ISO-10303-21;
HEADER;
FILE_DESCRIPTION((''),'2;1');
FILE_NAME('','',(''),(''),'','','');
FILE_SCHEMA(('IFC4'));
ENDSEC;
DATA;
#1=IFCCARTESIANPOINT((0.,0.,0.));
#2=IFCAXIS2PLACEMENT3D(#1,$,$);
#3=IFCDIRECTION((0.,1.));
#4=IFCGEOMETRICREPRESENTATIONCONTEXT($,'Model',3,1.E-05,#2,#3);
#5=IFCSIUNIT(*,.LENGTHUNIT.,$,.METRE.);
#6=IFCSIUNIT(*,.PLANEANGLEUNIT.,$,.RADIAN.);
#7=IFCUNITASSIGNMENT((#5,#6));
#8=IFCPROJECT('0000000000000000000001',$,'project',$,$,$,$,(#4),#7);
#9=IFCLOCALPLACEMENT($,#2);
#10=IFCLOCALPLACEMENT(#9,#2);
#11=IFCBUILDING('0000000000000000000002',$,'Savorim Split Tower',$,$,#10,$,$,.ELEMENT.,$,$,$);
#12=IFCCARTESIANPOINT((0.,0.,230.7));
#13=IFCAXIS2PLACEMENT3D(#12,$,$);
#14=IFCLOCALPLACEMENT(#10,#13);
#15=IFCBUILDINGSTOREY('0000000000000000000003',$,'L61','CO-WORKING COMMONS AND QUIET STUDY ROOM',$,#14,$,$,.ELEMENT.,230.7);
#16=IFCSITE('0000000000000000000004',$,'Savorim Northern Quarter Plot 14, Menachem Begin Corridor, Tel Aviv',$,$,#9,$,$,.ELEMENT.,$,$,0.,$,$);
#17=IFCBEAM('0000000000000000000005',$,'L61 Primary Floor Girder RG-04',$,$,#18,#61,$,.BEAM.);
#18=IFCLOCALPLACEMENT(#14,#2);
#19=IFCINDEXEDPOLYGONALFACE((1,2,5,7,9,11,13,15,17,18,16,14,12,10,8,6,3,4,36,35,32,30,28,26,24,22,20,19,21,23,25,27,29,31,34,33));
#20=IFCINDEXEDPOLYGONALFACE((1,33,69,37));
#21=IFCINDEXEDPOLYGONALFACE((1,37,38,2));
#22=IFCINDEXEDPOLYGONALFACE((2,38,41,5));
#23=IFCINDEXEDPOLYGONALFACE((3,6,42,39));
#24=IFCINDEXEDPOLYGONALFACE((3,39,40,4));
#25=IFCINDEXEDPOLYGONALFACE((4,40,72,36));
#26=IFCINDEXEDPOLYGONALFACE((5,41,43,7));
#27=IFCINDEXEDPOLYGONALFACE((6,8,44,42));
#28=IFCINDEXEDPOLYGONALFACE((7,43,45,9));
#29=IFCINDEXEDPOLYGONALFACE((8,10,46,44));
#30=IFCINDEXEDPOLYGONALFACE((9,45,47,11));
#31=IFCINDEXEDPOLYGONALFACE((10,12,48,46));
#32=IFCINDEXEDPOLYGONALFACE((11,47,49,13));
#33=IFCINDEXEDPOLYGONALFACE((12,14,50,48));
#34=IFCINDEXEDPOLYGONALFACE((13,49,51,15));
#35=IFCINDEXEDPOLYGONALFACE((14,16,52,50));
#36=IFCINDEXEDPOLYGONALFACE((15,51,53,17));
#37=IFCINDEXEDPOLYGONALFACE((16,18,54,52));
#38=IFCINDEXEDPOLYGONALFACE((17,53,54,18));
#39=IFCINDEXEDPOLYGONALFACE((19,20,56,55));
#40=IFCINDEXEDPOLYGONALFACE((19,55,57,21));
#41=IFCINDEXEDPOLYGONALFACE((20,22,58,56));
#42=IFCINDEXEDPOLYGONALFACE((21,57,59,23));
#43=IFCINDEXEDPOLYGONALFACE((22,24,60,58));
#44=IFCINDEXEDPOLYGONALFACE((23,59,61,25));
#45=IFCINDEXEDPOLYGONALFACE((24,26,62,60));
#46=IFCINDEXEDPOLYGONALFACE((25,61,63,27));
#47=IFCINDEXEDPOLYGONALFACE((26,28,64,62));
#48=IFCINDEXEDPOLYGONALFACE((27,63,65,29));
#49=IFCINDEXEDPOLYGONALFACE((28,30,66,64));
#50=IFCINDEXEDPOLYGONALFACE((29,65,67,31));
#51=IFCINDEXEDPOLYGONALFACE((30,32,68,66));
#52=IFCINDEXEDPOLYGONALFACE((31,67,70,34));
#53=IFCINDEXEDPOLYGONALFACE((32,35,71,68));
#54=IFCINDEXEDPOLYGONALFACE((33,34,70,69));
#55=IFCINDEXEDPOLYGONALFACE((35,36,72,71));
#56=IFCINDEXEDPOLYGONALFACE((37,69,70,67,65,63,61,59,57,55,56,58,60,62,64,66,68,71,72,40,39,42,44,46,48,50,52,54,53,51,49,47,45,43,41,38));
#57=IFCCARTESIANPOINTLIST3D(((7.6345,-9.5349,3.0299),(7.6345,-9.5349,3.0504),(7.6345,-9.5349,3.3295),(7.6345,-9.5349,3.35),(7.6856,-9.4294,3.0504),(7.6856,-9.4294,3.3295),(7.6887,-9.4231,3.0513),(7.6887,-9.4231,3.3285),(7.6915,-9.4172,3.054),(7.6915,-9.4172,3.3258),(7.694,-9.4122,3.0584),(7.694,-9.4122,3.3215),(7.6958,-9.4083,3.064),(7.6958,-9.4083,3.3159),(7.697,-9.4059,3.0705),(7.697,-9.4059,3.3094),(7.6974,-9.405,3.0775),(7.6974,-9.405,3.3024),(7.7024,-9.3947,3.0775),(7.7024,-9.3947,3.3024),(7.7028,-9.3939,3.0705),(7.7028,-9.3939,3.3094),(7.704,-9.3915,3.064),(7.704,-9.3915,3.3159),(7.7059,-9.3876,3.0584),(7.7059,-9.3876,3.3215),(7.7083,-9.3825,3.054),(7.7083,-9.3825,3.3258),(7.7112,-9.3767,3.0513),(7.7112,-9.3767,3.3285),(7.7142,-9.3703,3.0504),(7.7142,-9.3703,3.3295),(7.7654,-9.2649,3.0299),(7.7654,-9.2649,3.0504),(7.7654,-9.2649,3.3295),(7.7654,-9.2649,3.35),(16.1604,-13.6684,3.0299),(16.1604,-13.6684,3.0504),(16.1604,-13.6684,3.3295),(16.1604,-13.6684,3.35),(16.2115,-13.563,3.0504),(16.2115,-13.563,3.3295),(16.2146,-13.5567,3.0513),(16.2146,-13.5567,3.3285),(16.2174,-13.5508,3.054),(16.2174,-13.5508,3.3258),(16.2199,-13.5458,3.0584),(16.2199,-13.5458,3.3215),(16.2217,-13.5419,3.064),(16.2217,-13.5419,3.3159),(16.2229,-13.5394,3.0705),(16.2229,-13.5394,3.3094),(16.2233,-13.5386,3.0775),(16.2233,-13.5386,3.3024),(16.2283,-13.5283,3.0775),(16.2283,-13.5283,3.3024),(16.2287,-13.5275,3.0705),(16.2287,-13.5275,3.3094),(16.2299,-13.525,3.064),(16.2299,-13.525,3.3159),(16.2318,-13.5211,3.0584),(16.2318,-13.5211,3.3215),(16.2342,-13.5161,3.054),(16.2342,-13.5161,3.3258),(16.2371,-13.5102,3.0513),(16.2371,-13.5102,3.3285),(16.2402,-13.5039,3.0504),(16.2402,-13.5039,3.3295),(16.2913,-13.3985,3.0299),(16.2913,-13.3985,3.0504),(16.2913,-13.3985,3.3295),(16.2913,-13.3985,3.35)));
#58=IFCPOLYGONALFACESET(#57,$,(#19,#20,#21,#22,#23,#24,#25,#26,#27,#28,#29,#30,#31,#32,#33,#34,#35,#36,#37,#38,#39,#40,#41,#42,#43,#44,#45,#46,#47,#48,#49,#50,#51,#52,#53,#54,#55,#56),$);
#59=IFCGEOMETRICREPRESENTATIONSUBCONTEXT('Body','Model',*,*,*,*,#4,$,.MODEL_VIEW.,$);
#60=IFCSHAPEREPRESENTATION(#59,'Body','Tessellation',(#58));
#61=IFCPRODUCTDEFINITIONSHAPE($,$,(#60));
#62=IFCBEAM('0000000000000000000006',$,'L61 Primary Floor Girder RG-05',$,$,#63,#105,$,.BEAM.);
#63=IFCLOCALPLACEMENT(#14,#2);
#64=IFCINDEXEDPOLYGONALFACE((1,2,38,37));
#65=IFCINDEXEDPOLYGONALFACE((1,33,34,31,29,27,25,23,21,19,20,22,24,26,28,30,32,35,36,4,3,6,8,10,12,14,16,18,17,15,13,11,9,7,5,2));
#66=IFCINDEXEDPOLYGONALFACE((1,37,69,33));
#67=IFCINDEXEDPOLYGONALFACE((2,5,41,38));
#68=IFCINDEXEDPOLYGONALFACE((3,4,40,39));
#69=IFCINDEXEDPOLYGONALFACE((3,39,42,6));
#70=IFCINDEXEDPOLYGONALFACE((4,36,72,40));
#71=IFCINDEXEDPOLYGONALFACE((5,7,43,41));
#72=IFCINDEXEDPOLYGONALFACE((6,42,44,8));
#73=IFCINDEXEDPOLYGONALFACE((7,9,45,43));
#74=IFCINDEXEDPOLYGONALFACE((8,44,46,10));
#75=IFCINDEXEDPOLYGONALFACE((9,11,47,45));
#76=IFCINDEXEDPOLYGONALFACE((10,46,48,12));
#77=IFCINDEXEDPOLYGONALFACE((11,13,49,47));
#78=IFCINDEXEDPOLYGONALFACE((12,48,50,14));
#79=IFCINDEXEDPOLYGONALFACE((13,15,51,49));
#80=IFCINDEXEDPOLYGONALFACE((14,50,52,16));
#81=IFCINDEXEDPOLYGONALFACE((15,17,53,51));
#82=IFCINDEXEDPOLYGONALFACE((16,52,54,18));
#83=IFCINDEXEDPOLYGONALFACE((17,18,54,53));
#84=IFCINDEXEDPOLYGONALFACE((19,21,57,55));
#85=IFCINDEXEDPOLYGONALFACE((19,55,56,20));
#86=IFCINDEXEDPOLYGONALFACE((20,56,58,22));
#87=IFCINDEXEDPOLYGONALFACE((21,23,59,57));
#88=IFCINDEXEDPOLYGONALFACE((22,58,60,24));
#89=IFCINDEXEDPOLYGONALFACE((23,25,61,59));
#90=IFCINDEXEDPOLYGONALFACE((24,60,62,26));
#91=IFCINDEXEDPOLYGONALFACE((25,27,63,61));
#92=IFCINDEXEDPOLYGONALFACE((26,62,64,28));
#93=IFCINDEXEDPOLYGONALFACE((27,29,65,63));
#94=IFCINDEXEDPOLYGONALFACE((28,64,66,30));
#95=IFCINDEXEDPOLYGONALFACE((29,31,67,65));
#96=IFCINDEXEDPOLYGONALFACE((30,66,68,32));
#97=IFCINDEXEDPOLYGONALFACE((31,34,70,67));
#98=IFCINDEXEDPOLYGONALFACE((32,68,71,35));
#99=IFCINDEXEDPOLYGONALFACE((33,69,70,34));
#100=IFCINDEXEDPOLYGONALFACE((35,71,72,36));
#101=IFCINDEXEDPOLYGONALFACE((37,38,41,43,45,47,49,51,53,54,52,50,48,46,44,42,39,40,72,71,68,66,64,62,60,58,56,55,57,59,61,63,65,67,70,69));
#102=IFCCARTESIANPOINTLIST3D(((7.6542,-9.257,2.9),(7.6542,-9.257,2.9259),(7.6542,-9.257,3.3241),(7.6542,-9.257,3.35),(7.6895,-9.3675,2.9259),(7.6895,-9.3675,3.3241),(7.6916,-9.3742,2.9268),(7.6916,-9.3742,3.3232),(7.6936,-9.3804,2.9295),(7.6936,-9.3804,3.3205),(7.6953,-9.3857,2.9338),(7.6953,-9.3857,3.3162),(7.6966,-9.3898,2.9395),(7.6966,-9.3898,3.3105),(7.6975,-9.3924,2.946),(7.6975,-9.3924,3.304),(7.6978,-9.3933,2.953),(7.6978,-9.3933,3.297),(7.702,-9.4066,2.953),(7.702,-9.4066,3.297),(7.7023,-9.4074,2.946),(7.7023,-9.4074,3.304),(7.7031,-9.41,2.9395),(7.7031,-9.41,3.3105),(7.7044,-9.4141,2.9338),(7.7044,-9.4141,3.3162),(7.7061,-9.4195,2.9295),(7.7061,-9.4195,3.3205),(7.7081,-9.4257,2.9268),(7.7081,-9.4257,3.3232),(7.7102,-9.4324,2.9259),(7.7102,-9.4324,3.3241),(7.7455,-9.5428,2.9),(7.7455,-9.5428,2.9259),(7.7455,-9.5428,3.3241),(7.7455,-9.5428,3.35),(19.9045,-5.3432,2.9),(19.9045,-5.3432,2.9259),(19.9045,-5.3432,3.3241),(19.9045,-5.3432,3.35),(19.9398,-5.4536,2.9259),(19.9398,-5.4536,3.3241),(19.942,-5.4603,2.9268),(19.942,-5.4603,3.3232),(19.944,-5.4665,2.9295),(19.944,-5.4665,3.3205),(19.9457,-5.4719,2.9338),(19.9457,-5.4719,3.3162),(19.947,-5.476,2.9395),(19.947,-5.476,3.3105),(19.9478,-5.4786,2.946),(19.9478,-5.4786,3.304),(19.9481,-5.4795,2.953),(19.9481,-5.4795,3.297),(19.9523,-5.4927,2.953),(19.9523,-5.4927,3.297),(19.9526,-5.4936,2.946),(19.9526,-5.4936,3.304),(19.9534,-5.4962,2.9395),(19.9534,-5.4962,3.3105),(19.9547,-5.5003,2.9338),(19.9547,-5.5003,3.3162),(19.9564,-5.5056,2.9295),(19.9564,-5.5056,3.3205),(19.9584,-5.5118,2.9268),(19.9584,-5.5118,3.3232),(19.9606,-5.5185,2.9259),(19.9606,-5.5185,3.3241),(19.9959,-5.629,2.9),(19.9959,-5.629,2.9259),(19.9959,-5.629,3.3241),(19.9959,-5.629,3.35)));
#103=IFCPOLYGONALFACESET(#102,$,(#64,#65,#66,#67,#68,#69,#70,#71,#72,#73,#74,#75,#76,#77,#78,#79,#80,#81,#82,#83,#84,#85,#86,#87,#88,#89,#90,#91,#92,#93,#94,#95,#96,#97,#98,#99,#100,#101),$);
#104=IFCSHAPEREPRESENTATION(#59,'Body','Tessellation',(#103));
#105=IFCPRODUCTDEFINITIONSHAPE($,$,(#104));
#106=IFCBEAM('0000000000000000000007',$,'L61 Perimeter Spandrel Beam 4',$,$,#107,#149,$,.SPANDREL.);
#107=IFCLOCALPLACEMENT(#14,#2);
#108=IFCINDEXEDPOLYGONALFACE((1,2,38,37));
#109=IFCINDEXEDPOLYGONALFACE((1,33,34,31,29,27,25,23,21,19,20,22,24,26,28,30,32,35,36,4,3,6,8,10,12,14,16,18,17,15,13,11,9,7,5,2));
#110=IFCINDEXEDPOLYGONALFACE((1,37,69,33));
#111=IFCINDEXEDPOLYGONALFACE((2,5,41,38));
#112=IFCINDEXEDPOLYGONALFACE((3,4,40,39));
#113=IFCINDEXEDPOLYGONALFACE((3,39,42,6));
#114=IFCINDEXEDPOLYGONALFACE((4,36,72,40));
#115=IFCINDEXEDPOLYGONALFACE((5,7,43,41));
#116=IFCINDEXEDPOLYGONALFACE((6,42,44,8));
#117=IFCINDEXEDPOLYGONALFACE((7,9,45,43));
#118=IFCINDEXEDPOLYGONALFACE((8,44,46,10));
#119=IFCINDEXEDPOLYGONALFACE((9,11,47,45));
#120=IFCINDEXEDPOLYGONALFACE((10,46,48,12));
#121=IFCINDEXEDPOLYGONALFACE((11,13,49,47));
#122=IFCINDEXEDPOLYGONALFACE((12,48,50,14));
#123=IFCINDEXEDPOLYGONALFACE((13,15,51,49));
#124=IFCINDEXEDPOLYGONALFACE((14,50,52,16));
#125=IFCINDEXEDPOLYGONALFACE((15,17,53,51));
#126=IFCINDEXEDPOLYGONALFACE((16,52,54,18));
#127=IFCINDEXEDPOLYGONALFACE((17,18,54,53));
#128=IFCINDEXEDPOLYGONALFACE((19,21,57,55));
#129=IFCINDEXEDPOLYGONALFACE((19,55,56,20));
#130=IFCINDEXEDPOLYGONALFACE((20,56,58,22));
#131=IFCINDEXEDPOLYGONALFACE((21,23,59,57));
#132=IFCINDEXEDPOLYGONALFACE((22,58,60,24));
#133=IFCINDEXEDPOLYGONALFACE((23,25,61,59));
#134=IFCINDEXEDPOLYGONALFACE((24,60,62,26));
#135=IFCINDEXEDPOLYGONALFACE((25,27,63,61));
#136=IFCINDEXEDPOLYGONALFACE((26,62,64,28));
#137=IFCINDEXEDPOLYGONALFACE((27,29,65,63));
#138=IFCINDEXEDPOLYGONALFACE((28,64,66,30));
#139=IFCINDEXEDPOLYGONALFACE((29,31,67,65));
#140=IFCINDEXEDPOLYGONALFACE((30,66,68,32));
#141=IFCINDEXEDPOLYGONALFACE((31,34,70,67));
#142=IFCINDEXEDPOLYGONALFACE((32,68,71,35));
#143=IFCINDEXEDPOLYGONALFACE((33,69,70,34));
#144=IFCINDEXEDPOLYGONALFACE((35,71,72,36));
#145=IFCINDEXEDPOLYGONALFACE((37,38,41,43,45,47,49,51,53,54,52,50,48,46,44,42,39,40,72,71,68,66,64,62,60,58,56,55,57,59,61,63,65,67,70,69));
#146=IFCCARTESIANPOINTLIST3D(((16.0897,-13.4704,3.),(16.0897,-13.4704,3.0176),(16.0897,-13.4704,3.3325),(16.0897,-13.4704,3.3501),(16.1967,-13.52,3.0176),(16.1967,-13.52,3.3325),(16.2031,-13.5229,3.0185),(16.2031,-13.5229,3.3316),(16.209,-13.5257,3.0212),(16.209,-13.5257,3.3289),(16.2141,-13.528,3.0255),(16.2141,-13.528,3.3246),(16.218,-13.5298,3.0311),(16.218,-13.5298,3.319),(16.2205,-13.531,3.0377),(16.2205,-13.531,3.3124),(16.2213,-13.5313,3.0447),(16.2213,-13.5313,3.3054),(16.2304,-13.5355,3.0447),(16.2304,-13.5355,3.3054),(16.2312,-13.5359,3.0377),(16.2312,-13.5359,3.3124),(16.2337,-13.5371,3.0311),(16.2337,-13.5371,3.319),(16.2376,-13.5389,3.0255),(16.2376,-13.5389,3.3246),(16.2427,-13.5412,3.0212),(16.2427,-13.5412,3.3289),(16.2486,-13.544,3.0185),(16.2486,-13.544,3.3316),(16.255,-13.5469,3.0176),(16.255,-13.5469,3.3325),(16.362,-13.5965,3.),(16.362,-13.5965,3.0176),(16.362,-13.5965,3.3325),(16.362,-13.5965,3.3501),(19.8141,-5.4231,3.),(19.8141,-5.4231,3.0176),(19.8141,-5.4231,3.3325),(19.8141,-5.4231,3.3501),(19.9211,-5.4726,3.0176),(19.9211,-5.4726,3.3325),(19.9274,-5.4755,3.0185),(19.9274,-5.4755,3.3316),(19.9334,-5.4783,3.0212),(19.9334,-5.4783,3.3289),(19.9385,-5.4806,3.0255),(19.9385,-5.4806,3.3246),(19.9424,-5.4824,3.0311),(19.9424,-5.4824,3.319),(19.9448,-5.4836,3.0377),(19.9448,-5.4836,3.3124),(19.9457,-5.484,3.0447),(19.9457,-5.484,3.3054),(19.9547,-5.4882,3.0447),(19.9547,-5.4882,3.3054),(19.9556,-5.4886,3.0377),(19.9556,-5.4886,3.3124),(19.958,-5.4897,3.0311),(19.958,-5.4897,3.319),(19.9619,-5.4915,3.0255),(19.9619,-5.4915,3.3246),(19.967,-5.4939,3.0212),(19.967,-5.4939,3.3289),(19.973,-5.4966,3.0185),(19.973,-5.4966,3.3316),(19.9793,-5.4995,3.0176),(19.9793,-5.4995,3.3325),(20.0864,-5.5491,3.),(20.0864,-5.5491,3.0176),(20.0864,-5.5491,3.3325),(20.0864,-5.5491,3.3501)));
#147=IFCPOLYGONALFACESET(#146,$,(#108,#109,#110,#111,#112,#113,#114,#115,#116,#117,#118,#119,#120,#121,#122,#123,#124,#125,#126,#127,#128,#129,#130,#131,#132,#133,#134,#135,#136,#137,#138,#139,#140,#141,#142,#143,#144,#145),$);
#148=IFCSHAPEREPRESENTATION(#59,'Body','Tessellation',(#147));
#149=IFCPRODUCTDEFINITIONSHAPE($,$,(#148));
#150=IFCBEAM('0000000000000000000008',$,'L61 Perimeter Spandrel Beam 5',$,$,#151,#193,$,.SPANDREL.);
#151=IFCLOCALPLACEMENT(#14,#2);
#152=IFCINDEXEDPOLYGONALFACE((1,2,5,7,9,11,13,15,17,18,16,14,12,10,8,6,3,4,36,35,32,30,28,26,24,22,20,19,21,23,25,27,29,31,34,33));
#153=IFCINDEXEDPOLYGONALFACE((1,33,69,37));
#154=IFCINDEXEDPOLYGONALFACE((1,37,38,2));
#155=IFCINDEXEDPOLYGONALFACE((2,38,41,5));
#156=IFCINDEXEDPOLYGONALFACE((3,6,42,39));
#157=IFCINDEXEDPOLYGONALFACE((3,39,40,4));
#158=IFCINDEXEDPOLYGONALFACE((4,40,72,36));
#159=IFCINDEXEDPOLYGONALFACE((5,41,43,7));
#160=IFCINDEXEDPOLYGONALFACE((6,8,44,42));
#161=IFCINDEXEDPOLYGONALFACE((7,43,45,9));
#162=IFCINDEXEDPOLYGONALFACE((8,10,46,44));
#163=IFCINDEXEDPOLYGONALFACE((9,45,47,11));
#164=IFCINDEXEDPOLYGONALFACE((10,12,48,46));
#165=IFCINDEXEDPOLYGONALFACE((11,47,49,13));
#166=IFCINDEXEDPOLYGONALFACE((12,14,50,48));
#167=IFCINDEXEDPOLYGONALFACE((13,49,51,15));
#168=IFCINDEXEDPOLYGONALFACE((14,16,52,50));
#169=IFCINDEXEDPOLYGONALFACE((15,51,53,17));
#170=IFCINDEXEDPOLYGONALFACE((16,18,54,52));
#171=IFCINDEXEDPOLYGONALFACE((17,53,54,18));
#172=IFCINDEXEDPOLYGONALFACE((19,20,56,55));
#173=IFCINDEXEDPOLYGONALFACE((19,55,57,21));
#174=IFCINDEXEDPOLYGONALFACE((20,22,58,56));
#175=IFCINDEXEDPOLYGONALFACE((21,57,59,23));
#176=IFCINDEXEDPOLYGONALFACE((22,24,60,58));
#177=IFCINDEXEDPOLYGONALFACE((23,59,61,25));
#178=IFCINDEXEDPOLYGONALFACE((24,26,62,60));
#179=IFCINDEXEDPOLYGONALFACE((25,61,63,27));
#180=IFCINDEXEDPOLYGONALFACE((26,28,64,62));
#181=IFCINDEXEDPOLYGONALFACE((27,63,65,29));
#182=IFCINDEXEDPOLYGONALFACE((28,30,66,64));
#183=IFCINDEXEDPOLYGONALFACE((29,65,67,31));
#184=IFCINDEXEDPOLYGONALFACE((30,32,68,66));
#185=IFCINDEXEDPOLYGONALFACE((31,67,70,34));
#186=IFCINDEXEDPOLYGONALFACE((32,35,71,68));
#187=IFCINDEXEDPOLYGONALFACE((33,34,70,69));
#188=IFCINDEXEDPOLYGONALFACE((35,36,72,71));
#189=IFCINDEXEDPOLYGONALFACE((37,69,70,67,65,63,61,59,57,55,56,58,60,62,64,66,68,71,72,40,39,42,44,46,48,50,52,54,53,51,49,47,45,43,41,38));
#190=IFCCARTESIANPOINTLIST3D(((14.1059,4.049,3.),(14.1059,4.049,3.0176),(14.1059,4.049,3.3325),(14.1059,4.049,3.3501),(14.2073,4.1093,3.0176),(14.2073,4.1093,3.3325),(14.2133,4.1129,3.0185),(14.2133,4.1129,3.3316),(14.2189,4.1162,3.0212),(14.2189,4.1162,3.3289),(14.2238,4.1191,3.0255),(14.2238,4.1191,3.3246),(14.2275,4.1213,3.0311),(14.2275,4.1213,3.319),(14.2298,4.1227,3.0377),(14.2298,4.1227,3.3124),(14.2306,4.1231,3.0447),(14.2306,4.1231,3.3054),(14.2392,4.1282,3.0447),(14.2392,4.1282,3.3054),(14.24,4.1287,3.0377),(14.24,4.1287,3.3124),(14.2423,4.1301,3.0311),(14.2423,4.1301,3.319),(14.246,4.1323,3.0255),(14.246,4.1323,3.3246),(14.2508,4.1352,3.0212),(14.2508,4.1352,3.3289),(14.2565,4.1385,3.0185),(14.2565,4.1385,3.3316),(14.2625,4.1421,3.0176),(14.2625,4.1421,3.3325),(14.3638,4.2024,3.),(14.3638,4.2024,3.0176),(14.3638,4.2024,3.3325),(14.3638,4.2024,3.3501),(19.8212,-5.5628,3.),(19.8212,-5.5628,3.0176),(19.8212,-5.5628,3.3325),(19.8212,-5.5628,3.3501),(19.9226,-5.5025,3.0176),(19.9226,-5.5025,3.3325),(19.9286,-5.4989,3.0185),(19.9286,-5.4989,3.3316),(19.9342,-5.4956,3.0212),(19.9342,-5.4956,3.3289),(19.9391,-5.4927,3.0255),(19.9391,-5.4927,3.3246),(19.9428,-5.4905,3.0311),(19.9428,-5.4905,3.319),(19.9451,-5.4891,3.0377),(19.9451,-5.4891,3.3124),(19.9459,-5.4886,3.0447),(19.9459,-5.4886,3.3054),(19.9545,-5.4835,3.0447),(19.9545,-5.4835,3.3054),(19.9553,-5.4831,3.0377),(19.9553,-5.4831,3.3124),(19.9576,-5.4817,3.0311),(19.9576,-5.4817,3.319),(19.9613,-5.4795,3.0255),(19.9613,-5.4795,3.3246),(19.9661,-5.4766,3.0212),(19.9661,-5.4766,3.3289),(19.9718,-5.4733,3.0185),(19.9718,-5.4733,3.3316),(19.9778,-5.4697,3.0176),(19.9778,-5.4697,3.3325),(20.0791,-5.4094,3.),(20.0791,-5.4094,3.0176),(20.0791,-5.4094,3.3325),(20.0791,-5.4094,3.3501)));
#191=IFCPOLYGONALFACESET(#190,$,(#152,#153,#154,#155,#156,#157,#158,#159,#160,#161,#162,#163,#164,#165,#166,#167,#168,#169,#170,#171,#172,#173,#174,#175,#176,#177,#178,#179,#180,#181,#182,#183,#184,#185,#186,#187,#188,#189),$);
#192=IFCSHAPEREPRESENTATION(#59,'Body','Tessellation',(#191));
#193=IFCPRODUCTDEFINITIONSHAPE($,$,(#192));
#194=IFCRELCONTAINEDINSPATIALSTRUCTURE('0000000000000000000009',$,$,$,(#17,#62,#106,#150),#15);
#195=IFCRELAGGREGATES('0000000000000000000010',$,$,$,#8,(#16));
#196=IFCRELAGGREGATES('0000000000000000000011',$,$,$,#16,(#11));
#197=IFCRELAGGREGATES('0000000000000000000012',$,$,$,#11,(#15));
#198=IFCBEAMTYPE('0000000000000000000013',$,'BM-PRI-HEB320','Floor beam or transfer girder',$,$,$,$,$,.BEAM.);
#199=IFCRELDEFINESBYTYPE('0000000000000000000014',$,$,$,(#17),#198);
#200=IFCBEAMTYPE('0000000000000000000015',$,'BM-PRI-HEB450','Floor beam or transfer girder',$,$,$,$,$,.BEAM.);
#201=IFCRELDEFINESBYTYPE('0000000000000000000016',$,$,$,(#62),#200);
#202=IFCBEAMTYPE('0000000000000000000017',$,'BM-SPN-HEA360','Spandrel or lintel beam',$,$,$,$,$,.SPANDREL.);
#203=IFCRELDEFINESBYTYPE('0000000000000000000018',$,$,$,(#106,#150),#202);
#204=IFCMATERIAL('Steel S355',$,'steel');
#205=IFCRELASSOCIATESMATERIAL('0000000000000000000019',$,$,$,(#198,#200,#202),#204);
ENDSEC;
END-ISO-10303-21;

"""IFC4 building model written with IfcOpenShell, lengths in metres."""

from ifc_helpers import new_model, si_unit, direction, frame, origin, origin_2d, place, context, subcontext, project, spatial, i_section, extrude, material, material_profile, profile_set, type_object, element, save


model = new_model("IFC4")

# Units and contexts
model_context = context("Model", 3, precision=1e-05, world=origin(), true_north=direction((0.0, 1.0)))
body_context = subcontext(model_context, "Body", "Model", "MODEL_VIEW")
ifc_project = project(units=[si_unit("LENGTHUNIT", "METRE"), si_unit("PLANEANGLEUNIT", "RADIAN")], contexts=[model_context])

# Site, building, storey
site_placement = place(None, origin())
site = spatial("IfcSite", under=ifc_project, at=site_placement, Name="Savorim Northern Quarter Plot 14, Menachem Begin Corridor, Tel Aviv", CompositionType="ELEMENT", RefElevation=0.0)
building_placement = place(site_placement, origin())
building = spatial("IfcBuilding", under=site, at=building_placement, Name="Savorim Split Tower", CompositionType="ELEMENT")
storey_placement = place(building_placement, frame((0.0, 0.0, 230.7)))
storey = spatial("IfcBuildingStorey", under=building, at=storey_placement, Name="L61", Description="CO-WORKING COMMONS AND QUIET STUDY ROOM", CompositionType="ELEMENT", Elevation=230.7)

# Shared definitions
ifc_material_1 = material(Name="Steel S355", Category="steel")

# Beams
ifc_material_profile_1 = material_profile(ifc_material_1, i_section(OverallWidth=0.3, OverallDepth=0.3201, WebThickness=0.0115, FlangeThickness=0.0205, FilletRadius=0.0271, at=origin_2d()), Name="HEB 320")
ifc_profile_set_1 = profile_set([ifc_material_profile_1], Name="Steel S355")
beam_type_1 = type_object("IfcBeamType", Name="BM-PRI-HEB320", Description="Floor beam or transfer girder", PredefinedType="BEAM", material=ifc_profile_set_1)
beam_1_placement = place(storey_placement, frame((16.2258, -13.5334, 3.1899), z_axis=(-0.899823, 0.436255, 0.0), x_axis=(-0.436255, -0.899823, 0.0)))
element("IfcBeam", 1, at=beam_1_placement, inside=storey, type_object=beam_type_1, Name="L61 Primary Floor Girder RG-04", PredefinedType="BEAM", context=body_context, shape_type="SweptSolid", body=[
    extrude(i_section(OverallWidth=0.3, OverallDepth=0.3201, WebThickness=0.0115, FlangeThickness=0.0205, FilletRadius=0.0271, at=origin_2d()), origin(), (0.0, 0.0, 1.0), 9.4751),
])
ifc_material_profile_2 = material_profile(ifc_material_1, i_section(OverallWidth=0.3, OverallDepth=0.45, WebThickness=0.0139, FlangeThickness=0.0259, FilletRadius=0.0271, at=origin_2d()), Name="HEB 450")
ifc_profile_set_2 = profile_set([ifc_material_profile_2], Name="Steel S355")
beam_type_2 = type_object("IfcBeamType", Name="BM-PRI-HEB450", Description="Floor beam or transfer girder", PredefinedType="BEAM", material=ifc_profile_set_2)
beam_2_placement = place(storey_placement, frame((19.9502, -5.4861, 3.125), z_axis=(-0.952565, -0.304334, 0.0), x_axis=(0.304334, -0.952565, 0.0)))
element("IfcBeam", 2, at=beam_2_placement, inside=storey, type_object=beam_type_2, Name="L61 Primary Floor Girder RG-05", PredefinedType="BEAM", context=body_context, shape_type="SweptSolid", body=[
    extrude(i_section(OverallWidth=0.3, OverallDepth=0.45, WebThickness=0.0139, FlangeThickness=0.0259, FilletRadius=0.0271, at=origin_2d()), origin(), (0.0, 0.0, 1.0), 12.8604),
])
ifc_material_profile_3 = material_profile(ifc_material_1, i_section(OverallWidth=0.3, OverallDepth=0.3501, WebThickness=0.01, FlangeThickness=0.0176, FilletRadius=0.0271, at=origin_2d()), Name="HEA 360")
ifc_profile_set_3 = profile_set([ifc_material_profile_3], Name="Steel S355")
beam_type_3 = type_object("IfcBeamType", Name="BM-SPN-HEA360", Description="Spandrel or lintel beam", PredefinedType="SPANDREL", material=ifc_profile_set_3)
beam_3_placement = place(storey_placement, frame((16.2258, -13.5334, 3.175), z_axis=(0.420006, 0.907521, 0.0), x_axis=(-0.907521, 0.420006, 0.0)))
element("IfcBeam", 3, at=beam_3_placement, inside=storey, type_object=beam_type_3, Name="L61 Perimeter Spandrel Beam 4", PredefinedType="SPANDREL", context=body_context, shape_type="SweptSolid", body=[
    extrude(i_section(OverallWidth=0.3, OverallDepth=0.3501, WebThickness=0.01, FlangeThickness=0.0176, FilletRadius=0.0271, at=origin_2d()), origin(), (0.0, 0.0, 1.0), 8.8674),
])
beam_4_placement = place(storey_placement, frame((19.9502, -5.4861, 3.175), z_axis=(-0.511088, 0.859528, 0.0), x_axis=(-0.859528, -0.511088, 0.0)))
element("IfcBeam", 4, at=beam_4_placement, inside=storey, type_object=beam_type_3, Name="L61 Perimeter Spandrel Beam 5", PredefinedType="SPANDREL", context=body_context, shape_type="SweptSolid", body=[
    extrude(i_section(OverallWidth=0.3, OverallDepth=0.3501, WebThickness=0.01, FlangeThickness=0.0176, FilletRadius=0.0271, at=origin_2d()), origin(), (0.0, 0.0, 1.0), 11.1826),
])

save(model, "model.ifc")
